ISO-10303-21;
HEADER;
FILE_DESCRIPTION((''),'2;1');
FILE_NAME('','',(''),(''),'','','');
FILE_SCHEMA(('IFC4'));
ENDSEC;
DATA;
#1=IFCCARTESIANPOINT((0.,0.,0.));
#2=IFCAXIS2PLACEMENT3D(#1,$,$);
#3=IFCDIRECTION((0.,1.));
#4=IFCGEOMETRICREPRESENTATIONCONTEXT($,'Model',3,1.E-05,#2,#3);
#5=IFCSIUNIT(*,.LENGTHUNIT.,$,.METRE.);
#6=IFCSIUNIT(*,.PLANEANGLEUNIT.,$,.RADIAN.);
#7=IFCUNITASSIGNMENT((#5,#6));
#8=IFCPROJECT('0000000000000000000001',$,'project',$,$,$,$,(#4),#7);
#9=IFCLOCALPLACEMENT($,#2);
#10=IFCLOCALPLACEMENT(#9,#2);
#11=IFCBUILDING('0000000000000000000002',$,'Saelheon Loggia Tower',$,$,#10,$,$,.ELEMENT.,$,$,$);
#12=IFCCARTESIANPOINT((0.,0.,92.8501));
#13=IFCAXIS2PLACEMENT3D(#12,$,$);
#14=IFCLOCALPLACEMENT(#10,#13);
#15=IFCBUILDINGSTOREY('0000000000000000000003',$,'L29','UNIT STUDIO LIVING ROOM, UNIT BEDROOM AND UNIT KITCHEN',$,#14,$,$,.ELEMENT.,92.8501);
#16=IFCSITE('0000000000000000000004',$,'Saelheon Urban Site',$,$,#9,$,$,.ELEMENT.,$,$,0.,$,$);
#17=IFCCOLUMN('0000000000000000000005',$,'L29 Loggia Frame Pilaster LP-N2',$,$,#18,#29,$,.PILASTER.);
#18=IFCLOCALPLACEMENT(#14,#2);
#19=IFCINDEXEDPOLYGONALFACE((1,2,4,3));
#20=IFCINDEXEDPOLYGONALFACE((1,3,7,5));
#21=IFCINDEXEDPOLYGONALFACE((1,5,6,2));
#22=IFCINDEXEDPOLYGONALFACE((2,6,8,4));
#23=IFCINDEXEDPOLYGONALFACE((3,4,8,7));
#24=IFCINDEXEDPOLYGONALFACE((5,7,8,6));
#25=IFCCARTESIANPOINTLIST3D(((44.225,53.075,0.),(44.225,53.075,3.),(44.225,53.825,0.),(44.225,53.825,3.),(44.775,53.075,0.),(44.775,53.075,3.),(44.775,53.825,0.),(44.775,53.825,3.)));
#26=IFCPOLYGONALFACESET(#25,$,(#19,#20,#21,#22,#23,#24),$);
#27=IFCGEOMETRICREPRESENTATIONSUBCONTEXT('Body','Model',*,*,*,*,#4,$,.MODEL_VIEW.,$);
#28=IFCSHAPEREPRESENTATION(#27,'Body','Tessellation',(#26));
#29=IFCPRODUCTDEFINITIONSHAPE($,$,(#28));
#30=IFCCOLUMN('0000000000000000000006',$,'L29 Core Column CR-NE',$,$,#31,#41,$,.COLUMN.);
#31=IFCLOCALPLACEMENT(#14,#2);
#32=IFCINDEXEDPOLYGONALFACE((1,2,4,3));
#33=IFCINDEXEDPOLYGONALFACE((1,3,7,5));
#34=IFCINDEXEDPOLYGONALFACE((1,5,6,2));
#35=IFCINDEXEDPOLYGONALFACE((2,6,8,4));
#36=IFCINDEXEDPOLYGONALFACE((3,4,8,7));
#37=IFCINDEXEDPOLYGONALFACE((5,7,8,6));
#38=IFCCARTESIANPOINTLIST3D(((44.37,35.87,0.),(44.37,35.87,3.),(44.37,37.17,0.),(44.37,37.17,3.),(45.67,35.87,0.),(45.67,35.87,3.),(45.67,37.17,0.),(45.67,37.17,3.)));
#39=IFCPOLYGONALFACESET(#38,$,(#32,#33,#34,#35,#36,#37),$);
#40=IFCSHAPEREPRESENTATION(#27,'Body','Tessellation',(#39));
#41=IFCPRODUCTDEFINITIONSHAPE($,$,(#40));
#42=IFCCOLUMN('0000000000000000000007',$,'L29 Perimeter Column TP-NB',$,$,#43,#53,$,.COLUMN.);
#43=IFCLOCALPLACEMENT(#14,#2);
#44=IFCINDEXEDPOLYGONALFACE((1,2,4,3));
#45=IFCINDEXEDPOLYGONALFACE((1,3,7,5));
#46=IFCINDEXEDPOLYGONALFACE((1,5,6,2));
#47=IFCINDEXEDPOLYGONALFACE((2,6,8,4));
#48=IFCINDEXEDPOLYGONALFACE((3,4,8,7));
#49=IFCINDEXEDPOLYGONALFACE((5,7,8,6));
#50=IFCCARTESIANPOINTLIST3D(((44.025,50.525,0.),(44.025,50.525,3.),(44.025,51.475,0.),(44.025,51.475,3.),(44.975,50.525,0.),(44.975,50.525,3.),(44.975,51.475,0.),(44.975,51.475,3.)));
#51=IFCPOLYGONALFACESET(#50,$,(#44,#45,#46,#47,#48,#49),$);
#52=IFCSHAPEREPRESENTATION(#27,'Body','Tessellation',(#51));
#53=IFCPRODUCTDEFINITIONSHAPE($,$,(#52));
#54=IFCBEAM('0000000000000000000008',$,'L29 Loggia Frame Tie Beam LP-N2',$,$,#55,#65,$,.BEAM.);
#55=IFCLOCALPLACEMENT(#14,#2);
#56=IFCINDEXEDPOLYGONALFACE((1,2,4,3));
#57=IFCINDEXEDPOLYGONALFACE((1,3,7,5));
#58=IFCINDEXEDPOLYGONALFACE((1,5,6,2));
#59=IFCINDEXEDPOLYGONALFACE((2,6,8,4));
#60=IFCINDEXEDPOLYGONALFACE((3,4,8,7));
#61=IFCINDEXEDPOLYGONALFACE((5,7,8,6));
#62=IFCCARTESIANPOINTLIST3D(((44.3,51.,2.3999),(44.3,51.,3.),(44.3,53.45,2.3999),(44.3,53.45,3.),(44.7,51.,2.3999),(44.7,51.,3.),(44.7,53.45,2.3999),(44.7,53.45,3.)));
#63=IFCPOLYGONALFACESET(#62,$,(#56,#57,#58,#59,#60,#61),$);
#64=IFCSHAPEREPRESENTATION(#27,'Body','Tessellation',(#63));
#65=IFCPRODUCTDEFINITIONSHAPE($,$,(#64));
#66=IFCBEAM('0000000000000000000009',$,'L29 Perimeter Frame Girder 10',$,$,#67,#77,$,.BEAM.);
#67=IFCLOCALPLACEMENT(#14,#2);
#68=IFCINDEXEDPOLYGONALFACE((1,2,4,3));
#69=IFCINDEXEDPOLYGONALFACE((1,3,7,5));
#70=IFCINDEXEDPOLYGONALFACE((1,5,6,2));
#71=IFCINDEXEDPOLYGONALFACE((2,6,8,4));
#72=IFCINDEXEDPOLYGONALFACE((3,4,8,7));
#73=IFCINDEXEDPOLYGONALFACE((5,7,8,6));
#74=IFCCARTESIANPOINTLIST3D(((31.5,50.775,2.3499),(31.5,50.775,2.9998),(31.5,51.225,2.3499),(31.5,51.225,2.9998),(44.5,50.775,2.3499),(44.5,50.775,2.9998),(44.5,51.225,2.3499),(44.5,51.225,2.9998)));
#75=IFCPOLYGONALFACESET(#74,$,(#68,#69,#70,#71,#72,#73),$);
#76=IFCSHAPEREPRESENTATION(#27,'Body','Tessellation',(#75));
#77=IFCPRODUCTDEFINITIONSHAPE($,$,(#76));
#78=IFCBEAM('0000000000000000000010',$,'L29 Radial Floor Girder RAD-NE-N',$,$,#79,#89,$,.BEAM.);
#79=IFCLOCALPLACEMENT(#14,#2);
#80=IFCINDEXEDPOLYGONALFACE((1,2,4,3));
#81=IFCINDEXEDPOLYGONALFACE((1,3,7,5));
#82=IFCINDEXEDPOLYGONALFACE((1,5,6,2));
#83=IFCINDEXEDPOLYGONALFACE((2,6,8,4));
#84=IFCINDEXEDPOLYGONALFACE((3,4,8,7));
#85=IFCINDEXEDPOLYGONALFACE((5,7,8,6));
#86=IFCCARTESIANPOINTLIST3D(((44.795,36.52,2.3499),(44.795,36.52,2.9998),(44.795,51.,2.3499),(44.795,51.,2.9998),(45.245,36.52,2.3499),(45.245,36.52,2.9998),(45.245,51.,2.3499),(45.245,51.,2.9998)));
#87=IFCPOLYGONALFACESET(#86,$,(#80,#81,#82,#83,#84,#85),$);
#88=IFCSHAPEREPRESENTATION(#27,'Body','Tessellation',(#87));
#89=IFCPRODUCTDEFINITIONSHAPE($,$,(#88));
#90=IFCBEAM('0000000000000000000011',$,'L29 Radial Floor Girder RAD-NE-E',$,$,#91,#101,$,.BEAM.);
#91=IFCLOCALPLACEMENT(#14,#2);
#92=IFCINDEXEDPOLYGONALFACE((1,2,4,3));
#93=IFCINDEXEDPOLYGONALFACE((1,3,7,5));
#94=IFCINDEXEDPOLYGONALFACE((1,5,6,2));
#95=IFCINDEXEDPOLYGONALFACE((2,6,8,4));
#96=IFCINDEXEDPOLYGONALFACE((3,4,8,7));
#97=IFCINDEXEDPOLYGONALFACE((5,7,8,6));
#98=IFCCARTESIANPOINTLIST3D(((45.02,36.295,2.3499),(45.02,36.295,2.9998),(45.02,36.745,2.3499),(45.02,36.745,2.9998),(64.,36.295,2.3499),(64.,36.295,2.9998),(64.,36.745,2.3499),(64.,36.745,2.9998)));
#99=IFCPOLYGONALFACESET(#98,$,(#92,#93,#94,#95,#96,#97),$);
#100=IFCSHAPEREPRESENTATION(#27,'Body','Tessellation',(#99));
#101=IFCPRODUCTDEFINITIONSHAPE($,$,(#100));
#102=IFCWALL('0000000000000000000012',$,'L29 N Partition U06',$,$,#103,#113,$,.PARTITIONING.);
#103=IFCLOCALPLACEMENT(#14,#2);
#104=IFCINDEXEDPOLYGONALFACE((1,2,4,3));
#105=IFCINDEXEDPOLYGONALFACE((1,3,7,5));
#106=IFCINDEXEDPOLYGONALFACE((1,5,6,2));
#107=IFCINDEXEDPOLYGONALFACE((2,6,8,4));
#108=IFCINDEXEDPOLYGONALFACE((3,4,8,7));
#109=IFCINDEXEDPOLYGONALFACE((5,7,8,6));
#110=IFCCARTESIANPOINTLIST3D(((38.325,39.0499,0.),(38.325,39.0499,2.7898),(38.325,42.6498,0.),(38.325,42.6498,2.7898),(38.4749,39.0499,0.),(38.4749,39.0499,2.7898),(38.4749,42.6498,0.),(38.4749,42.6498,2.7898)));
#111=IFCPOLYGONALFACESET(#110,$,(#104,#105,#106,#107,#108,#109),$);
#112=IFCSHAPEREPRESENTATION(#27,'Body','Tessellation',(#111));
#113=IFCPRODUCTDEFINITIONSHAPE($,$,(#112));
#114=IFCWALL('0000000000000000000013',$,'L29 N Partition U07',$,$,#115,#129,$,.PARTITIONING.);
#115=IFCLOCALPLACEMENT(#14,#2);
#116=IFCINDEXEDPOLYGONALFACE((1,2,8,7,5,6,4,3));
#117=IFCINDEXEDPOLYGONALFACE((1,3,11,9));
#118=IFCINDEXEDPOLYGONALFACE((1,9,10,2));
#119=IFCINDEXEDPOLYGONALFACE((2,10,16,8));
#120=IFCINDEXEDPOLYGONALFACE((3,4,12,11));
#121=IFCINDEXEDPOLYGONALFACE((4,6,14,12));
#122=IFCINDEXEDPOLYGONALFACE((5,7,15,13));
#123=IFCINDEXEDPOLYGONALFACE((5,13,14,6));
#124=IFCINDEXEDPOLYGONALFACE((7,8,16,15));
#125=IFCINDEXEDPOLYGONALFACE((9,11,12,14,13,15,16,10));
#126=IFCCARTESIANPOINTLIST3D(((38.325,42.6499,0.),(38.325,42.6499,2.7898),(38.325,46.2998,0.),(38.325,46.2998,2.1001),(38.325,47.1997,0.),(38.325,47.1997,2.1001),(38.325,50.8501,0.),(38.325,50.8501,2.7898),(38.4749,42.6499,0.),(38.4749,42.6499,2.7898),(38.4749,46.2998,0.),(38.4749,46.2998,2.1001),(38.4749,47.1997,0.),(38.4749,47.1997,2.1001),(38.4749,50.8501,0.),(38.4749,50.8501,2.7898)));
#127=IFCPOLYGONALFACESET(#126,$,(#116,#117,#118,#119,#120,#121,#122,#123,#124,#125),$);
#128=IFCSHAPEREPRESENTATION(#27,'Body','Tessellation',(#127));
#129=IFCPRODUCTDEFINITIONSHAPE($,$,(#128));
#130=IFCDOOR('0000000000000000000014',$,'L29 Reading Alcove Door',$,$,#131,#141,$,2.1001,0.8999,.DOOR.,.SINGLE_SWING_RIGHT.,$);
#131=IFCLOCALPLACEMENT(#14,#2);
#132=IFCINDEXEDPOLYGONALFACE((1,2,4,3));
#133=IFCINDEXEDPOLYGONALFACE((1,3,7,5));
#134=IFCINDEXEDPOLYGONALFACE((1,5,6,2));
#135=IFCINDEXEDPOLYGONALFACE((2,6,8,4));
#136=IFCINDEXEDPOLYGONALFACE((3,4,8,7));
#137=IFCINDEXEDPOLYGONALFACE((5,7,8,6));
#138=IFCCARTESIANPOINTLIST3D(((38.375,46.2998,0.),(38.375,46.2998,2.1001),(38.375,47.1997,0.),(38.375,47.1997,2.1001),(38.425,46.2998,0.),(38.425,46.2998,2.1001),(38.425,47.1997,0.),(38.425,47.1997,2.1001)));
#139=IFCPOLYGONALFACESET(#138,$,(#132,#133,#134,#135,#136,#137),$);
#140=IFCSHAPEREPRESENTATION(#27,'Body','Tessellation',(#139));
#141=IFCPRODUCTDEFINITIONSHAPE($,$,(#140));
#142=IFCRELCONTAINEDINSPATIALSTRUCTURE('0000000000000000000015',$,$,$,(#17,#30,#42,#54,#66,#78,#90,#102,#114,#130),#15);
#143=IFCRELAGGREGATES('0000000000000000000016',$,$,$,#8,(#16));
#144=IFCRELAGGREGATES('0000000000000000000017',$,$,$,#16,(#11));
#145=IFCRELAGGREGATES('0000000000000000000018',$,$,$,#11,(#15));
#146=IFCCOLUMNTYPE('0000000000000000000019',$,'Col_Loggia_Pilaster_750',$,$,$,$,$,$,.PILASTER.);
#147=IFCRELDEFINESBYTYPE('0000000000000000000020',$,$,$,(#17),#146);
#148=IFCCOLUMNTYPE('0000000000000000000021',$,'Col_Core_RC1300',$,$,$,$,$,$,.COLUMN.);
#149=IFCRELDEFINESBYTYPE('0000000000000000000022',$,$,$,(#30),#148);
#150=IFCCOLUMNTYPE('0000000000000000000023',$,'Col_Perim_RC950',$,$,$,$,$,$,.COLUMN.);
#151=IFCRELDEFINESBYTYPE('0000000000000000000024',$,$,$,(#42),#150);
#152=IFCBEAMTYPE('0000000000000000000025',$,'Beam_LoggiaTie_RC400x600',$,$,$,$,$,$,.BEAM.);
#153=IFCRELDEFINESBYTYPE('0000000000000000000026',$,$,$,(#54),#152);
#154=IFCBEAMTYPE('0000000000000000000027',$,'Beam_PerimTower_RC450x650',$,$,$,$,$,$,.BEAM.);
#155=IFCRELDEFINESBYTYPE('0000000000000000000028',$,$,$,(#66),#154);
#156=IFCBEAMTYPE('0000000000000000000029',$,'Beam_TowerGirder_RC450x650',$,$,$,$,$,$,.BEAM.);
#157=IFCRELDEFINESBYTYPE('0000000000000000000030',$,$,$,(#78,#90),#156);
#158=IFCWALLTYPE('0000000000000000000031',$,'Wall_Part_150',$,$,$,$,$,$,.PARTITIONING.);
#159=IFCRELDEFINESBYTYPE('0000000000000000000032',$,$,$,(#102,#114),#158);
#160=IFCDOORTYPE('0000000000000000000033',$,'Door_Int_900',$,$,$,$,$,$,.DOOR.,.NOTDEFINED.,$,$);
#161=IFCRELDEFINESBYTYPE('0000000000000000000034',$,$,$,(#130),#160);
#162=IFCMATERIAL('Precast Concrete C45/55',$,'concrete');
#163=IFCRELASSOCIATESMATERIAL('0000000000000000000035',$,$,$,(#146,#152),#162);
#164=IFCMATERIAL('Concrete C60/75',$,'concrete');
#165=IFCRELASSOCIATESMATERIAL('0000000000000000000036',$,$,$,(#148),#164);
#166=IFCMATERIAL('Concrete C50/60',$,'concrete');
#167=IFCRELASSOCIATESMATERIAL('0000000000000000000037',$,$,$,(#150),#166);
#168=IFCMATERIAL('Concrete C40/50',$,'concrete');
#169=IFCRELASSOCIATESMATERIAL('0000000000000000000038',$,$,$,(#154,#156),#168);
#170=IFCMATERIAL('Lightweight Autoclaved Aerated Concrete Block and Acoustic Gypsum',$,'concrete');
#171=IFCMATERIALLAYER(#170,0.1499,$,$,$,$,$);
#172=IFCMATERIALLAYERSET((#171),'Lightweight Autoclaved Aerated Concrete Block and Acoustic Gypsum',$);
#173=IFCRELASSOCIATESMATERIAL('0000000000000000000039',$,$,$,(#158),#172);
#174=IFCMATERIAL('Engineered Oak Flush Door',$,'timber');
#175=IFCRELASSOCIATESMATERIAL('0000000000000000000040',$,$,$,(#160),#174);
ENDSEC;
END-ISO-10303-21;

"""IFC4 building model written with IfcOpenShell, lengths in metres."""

from ifc_helpers import new_model, si_unit, direction, frame, frame_2d, origin, origin_2d, place, context, subcontext, project, spatial, rectangle, extrude, source, transform, mapped, material, layer, layer_set, material_profile, profile_set, type_object, element, fill, save


model = new_model("IFC4")

# Units and contexts
model_context = context("Model", 3, precision=1e-05, world=origin(), true_north=direction((0.0, 1.0)))
body_context = subcontext(model_context, "Body", "Model", "MODEL_VIEW")
ifc_project = project(units=[si_unit("LENGTHUNIT", "METRE"), si_unit("PLANEANGLEUNIT", "RADIAN")], contexts=[model_context])

# Site, building, storey
site_placement = place(None, origin())
site = spatial("IfcSite", under=ifc_project, at=site_placement, Name="Saelheon Urban Site", CompositionType="ELEMENT", RefElevation=0.0)
building_placement = place(site_placement, origin())
building = spatial("IfcBuilding", under=site, at=building_placement, Name="Saelheon Loggia Tower", CompositionType="ELEMENT")
storey_placement = place(building_placement, frame((0.0, 0.0, 92.8501)))
storey = spatial("IfcBuildingStorey", under=building, at=storey_placement, Name="L29", Description="UNIT STUDIO LIVING ROOM, UNIT BEDROOM AND UNIT KITCHEN", CompositionType="ELEMENT", Elevation=92.8501)

# Columns
ifc_material_1 = material(Name="Precast Concrete C45/55", Category="concrete")
ifc_material_profile_1 = material_profile(ifc_material_1, rectangle(XDim=0.55, YDim=0.75, at=origin_2d()), Name="RC-550x750")
ifc_profile_set_1 = profile_set([ifc_material_profile_1], Name="Precast Concrete C45/55")
column_type_1 = type_object("IfcColumnType", Name="Col_Loggia_Pilaster_750", PredefinedType="PILASTER", material=ifc_profile_set_1)
shared_shape_1 = source(origin(), body_context, "Body", "SweptSolid", [
    extrude(rectangle(XDim=0.55, YDim=0.75, at=origin_2d()), origin(), (0.0, 0.0, 1.0), 3.0),
])
column_1_placement = place(storey_placement, frame((44.5, 53.45, 0.0), z_axis=(0.0, 0.0, 1.0), x_axis=(1.0, 0.0, 0.0)))
element("IfcColumn", 1, at=column_1_placement, inside=storey, type_object=column_type_1, Name="L29 Loggia Frame Pilaster LP-N2", PredefinedType="PILASTER", context=body_context, shape_type="MappedRepresentation", body=[
    mapped(shared_shape_1, transform((0.0, 0.0, 0.0), scale=1.0)),
])
ifc_material_2 = material(Name="Concrete C60/75", Category="concrete")
ifc_material_profile_2 = material_profile(ifc_material_2, rectangle(XDim=1.3, YDim=1.3, at=origin_2d()), Name="RC-1300x1300")
ifc_profile_set_2 = profile_set([ifc_material_profile_2], Name="Concrete C60/75")
column_type_2 = type_object("IfcColumnType", Name="Col_Core_RC1300", PredefinedType="COLUMN", material=ifc_profile_set_2)
shared_shape_2 = source(origin(), body_context, "Body", "SweptSolid", [
    extrude(rectangle(XDim=1.3, YDim=1.3, at=origin_2d()), origin(), (0.0, 0.0, 1.0), 3.0),
])
column_2_placement = place(storey_placement, frame((45.02, 36.52, 0.0), z_axis=(0.0, 0.0, 1.0), x_axis=(1.0, 0.0, 0.0)))
element("IfcColumn", 2, at=column_2_placement, inside=storey, type_object=column_type_2, Name="L29 Core Column CR-NE", PredefinedType="COLUMN", context=body_context, shape_type="MappedRepresentation", body=[
    mapped(shared_shape_2, transform((0.0, 0.0, 0.0), scale=1.0)),
])
ifc_material_3 = material(Name="Concrete C50/60", Category="concrete")
ifc_material_profile_3 = material_profile(ifc_material_3, rectangle(XDim=0.95, YDim=0.95, at=origin_2d()), Name="RC-950x950")
ifc_profile_set_3 = profile_set([ifc_material_profile_3], Name="Concrete C50/60")
column_type_3 = type_object("IfcColumnType", Name="Col_Perim_RC950", PredefinedType="COLUMN", material=ifc_profile_set_3)
shared_shape_3 = source(origin(), body_context, "Body", "SweptSolid", [
    extrude(rectangle(XDim=0.95, YDim=0.95, at=origin_2d()), origin(), (0.0, 0.0, 1.0), 3.0),
])
column_3_placement = place(storey_placement, frame((44.5, 51.0, 0.0), z_axis=(0.0, 0.0, 1.0), x_axis=(1.0, 0.0, 0.0)))
element("IfcColumn", 3, at=column_3_placement, inside=storey, type_object=column_type_3, Name="L29 Perimeter Column TP-NB", PredefinedType="COLUMN", context=body_context, shape_type="MappedRepresentation", body=[
    mapped(shared_shape_3, transform((0.0, 0.0, 0.0), scale=1.0)),
])

# Beams
ifc_material_profile_4 = material_profile(ifc_material_1, rectangle(XDim=0.3999, YDim=0.6001, at=origin_2d()), Name="RC-400x600")
ifc_profile_set_4 = profile_set([ifc_material_profile_4], Name="Precast Concrete C45/55")
beam_type_1 = type_object("IfcBeamType", Name="Beam_LoggiaTie_RC400x600", PredefinedType="BEAM", material=ifc_profile_set_4)
shared_shape_4 = source(origin(), body_context, "Body", "SweptSolid", [
    extrude(rectangle(XDim=0.3999, YDim=0.6001, at=origin_2d()), origin(), (0.0, 0.0, 1.0), 2.45),
])
beam_1_placement = place(storey_placement, frame((44.5, 51.0, 2.7), z_axis=(0.0, 1.0, 0.0), x_axis=(-1.0, 0.0, 0.0)))
element("IfcBeam", 4, at=beam_1_placement, inside=storey, type_object=beam_type_1, Name="L29 Loggia Frame Tie Beam LP-N2", PredefinedType="BEAM", context=body_context, shape_type="MappedRepresentation", body=[
    mapped(shared_shape_4, transform((0.0, 0.0, 0.0), scale=1.0)),
])
ifc_material_4 = material(Name="Concrete C40/50", Category="concrete")
ifc_material_profile_5 = material_profile(ifc_material_4, rectangle(XDim=0.45, YDim=0.6499, at=origin_2d()), Name="RC-450x650")
ifc_profile_set_5 = profile_set([ifc_material_profile_5], Name="Concrete C40/50")
beam_type_2 = type_object("IfcBeamType", Name="Beam_PerimTower_RC450x650", PredefinedType="BEAM", material=ifc_profile_set_5)
shared_shape_5 = source(origin(), body_context, "Body", "SweptSolid", [
    extrude(rectangle(XDim=0.45, YDim=0.6499, at=origin_2d()), origin(), (0.0, 0.0, 1.0), 13.0),
])
beam_2_placement = place(storey_placement, frame((44.5, 51.0, 2.6748), z_axis=(-1.0, 0.0, 0.0), x_axis=(0.0, -1.0, 0.0)))
element("IfcBeam", 5, at=beam_2_placement, inside=storey, type_object=beam_type_2, Name="L29 Perimeter Frame Girder 10", PredefinedType="BEAM", context=body_context, shape_type="MappedRepresentation", body=[
    mapped(shared_shape_5, transform((0.0, 0.0, 0.0), scale=1.0)),
])
ifc_material_profile_6 = material_profile(ifc_material_4, rectangle(XDim=0.45, YDim=0.6499, at=origin_2d()), Name="RC-450x650")
ifc_profile_set_6 = profile_set([ifc_material_profile_6], Name="Concrete C40/50")
beam_type_3 = type_object("IfcBeamType", Name="Beam_TowerGirder_RC450x650", PredefinedType="BEAM", material=ifc_profile_set_6)
shared_shape_6 = source(origin(), body_context, "Body", "SweptSolid", [
    extrude(rectangle(XDim=0.45, YDim=0.6499, at=origin_2d()), origin(), (0.0, 0.0, 1.0), 14.48),
])
beam_3_placement = place(storey_placement, frame((45.02, 36.52, 2.6748), z_axis=(0.0, 1.0, 0.0), x_axis=(-1.0, 0.0, 0.0)))
element("IfcBeam", 6, at=beam_3_placement, inside=storey, type_object=beam_type_3, Name="L29 Radial Floor Girder RAD-NE-N", PredefinedType="BEAM", context=body_context, shape_type="MappedRepresentation", body=[
    mapped(shared_shape_6, transform((0.0, 0.0, 0.0), scale=1.0)),
])
shared_shape_7 = source(origin(), body_context, "Body", "SweptSolid", [
    extrude(rectangle(XDim=0.45, YDim=0.6499, at=origin_2d()), origin(), (0.0, 0.0, 1.0), 18.98),
])
beam_4_placement = place(storey_placement, frame((45.02, 36.52, 2.6748), z_axis=(1.0, 0.0, 0.0), x_axis=(0.0, 1.0, 0.0)))
element("IfcBeam", 7, at=beam_4_placement, inside=storey, type_object=beam_type_3, Name="L29 Radial Floor Girder RAD-NE-E", PredefinedType="BEAM", context=body_context, shape_type="MappedRepresentation", body=[
    mapped(shared_shape_7, transform((0.0, 0.0, 0.0), scale=1.0)),
])

# Wall
ifc_material_5 = material(Name="Lightweight Autoclaved Aerated Concrete Block and Acoustic Gypsum", Category="concrete")
ifc_layer_1 = layer(ifc_material_5, 0.1499)
ifc_layer_set_1 = layer_set([ifc_layer_1], Name="Lightweight Autoclaved Aerated Concrete Block and Acoustic Gypsum")
wall_type_1 = type_object("IfcWallType", Name="Wall_Part_150", PredefinedType="PARTITIONING", material=ifc_layer_set_1)
wall_1_placement = place(storey_placement, frame((38.3999, 39.05, 0.0), z_axis=(0.0, 0.0, 1.0), x_axis=(0.0, 1.0, 0.0)))
element("IfcWall", 8, at=wall_1_placement, inside=storey, type_object=wall_type_1, Name="L29 N Partition U06", PredefinedType="PARTITIONING", context=body_context, shape_type="SweptSolid", body=[
    extrude(rectangle(XDim=3.5999, YDim=0.1499, at=frame_2d((1.7998, 0.0))), origin(), (0.0, 0.0, 1.0), 2.7898),
])

# Wall, opening, door
wall_2_placement = place(storey_placement, frame((38.3999, 42.6499, 0.0), z_axis=(0.0, 0.0, 1.0), x_axis=(0.0, 1.0, 0.0)))
wall_2 = element("IfcWall", 9, at=wall_2_placement, inside=storey, type_object=wall_type_1, Name="L29 N Partition U07", PredefinedType="PARTITIONING", context=body_context, shape_type="SweptSolid", body=[
    extrude(rectangle(XDim=8.2002, YDim=0.1499, at=frame_2d((4.1001, 0.0))), origin(), (0.0, 0.0, 1.0), 2.7898),
])
opening_1_placement = place(wall_2_placement, frame((3.6499, 0.0, 0.0)))
opening_1 = element("IfcOpeningElement", 10, at=opening_1_placement, cuts=wall_2, PredefinedType="OPENING", context=body_context, shape_type="SweptSolid", body=[
    extrude(rectangle(XDim=0.8999, YDim=2.1001, at=frame_2d((0.45, 1.05))), frame((0.0, 0.0869, 0.0), z_axis=(0.0, -1.0, 0.0), x_axis=(1.0, 0.0, 0.0)), (0.0, 0.0, 1.0), 0.1738),
])
ifc_material_6 = material(Name="Engineered Oak Flush Door", Category="timber")
door_type_1 = type_object("IfcDoorType", Name="Door_Int_900", OperationType="NOTDEFINED", PredefinedType="DOOR", material=ifc_material_6)
shared_shape_8 = source(origin(), body_context, "Body", "SweptSolid", [
    extrude(rectangle(XDim=0.8999, YDim=2.1001, at=frame_2d((0.45, 1.05))), frame((0.0, 0.0249, 0.0), z_axis=(0.0, -1.0, 0.0), x_axis=(1.0, 0.0, 0.0)), (0.0, 0.0, 1.0), 0.05),
])
door_1_placement = place(opening_1_placement, origin())
door_1 = element("IfcDoor", 11, at=door_1_placement, inside=storey, type_object=door_type_1, Name="L29 Reading Alcove Door", OperationType="SINGLE_SWING_RIGHT", OverallHeight=2.1001, OverallWidth=0.8999, PredefinedType="DOOR", context=body_context, shape_type="MappedRepresentation", body=[
    mapped(shared_shape_8, transform((0.0, 0.0, 0.0), scale=1.0)),
])
fill(opening_1, door_1)

save(model, "model.ifc")
